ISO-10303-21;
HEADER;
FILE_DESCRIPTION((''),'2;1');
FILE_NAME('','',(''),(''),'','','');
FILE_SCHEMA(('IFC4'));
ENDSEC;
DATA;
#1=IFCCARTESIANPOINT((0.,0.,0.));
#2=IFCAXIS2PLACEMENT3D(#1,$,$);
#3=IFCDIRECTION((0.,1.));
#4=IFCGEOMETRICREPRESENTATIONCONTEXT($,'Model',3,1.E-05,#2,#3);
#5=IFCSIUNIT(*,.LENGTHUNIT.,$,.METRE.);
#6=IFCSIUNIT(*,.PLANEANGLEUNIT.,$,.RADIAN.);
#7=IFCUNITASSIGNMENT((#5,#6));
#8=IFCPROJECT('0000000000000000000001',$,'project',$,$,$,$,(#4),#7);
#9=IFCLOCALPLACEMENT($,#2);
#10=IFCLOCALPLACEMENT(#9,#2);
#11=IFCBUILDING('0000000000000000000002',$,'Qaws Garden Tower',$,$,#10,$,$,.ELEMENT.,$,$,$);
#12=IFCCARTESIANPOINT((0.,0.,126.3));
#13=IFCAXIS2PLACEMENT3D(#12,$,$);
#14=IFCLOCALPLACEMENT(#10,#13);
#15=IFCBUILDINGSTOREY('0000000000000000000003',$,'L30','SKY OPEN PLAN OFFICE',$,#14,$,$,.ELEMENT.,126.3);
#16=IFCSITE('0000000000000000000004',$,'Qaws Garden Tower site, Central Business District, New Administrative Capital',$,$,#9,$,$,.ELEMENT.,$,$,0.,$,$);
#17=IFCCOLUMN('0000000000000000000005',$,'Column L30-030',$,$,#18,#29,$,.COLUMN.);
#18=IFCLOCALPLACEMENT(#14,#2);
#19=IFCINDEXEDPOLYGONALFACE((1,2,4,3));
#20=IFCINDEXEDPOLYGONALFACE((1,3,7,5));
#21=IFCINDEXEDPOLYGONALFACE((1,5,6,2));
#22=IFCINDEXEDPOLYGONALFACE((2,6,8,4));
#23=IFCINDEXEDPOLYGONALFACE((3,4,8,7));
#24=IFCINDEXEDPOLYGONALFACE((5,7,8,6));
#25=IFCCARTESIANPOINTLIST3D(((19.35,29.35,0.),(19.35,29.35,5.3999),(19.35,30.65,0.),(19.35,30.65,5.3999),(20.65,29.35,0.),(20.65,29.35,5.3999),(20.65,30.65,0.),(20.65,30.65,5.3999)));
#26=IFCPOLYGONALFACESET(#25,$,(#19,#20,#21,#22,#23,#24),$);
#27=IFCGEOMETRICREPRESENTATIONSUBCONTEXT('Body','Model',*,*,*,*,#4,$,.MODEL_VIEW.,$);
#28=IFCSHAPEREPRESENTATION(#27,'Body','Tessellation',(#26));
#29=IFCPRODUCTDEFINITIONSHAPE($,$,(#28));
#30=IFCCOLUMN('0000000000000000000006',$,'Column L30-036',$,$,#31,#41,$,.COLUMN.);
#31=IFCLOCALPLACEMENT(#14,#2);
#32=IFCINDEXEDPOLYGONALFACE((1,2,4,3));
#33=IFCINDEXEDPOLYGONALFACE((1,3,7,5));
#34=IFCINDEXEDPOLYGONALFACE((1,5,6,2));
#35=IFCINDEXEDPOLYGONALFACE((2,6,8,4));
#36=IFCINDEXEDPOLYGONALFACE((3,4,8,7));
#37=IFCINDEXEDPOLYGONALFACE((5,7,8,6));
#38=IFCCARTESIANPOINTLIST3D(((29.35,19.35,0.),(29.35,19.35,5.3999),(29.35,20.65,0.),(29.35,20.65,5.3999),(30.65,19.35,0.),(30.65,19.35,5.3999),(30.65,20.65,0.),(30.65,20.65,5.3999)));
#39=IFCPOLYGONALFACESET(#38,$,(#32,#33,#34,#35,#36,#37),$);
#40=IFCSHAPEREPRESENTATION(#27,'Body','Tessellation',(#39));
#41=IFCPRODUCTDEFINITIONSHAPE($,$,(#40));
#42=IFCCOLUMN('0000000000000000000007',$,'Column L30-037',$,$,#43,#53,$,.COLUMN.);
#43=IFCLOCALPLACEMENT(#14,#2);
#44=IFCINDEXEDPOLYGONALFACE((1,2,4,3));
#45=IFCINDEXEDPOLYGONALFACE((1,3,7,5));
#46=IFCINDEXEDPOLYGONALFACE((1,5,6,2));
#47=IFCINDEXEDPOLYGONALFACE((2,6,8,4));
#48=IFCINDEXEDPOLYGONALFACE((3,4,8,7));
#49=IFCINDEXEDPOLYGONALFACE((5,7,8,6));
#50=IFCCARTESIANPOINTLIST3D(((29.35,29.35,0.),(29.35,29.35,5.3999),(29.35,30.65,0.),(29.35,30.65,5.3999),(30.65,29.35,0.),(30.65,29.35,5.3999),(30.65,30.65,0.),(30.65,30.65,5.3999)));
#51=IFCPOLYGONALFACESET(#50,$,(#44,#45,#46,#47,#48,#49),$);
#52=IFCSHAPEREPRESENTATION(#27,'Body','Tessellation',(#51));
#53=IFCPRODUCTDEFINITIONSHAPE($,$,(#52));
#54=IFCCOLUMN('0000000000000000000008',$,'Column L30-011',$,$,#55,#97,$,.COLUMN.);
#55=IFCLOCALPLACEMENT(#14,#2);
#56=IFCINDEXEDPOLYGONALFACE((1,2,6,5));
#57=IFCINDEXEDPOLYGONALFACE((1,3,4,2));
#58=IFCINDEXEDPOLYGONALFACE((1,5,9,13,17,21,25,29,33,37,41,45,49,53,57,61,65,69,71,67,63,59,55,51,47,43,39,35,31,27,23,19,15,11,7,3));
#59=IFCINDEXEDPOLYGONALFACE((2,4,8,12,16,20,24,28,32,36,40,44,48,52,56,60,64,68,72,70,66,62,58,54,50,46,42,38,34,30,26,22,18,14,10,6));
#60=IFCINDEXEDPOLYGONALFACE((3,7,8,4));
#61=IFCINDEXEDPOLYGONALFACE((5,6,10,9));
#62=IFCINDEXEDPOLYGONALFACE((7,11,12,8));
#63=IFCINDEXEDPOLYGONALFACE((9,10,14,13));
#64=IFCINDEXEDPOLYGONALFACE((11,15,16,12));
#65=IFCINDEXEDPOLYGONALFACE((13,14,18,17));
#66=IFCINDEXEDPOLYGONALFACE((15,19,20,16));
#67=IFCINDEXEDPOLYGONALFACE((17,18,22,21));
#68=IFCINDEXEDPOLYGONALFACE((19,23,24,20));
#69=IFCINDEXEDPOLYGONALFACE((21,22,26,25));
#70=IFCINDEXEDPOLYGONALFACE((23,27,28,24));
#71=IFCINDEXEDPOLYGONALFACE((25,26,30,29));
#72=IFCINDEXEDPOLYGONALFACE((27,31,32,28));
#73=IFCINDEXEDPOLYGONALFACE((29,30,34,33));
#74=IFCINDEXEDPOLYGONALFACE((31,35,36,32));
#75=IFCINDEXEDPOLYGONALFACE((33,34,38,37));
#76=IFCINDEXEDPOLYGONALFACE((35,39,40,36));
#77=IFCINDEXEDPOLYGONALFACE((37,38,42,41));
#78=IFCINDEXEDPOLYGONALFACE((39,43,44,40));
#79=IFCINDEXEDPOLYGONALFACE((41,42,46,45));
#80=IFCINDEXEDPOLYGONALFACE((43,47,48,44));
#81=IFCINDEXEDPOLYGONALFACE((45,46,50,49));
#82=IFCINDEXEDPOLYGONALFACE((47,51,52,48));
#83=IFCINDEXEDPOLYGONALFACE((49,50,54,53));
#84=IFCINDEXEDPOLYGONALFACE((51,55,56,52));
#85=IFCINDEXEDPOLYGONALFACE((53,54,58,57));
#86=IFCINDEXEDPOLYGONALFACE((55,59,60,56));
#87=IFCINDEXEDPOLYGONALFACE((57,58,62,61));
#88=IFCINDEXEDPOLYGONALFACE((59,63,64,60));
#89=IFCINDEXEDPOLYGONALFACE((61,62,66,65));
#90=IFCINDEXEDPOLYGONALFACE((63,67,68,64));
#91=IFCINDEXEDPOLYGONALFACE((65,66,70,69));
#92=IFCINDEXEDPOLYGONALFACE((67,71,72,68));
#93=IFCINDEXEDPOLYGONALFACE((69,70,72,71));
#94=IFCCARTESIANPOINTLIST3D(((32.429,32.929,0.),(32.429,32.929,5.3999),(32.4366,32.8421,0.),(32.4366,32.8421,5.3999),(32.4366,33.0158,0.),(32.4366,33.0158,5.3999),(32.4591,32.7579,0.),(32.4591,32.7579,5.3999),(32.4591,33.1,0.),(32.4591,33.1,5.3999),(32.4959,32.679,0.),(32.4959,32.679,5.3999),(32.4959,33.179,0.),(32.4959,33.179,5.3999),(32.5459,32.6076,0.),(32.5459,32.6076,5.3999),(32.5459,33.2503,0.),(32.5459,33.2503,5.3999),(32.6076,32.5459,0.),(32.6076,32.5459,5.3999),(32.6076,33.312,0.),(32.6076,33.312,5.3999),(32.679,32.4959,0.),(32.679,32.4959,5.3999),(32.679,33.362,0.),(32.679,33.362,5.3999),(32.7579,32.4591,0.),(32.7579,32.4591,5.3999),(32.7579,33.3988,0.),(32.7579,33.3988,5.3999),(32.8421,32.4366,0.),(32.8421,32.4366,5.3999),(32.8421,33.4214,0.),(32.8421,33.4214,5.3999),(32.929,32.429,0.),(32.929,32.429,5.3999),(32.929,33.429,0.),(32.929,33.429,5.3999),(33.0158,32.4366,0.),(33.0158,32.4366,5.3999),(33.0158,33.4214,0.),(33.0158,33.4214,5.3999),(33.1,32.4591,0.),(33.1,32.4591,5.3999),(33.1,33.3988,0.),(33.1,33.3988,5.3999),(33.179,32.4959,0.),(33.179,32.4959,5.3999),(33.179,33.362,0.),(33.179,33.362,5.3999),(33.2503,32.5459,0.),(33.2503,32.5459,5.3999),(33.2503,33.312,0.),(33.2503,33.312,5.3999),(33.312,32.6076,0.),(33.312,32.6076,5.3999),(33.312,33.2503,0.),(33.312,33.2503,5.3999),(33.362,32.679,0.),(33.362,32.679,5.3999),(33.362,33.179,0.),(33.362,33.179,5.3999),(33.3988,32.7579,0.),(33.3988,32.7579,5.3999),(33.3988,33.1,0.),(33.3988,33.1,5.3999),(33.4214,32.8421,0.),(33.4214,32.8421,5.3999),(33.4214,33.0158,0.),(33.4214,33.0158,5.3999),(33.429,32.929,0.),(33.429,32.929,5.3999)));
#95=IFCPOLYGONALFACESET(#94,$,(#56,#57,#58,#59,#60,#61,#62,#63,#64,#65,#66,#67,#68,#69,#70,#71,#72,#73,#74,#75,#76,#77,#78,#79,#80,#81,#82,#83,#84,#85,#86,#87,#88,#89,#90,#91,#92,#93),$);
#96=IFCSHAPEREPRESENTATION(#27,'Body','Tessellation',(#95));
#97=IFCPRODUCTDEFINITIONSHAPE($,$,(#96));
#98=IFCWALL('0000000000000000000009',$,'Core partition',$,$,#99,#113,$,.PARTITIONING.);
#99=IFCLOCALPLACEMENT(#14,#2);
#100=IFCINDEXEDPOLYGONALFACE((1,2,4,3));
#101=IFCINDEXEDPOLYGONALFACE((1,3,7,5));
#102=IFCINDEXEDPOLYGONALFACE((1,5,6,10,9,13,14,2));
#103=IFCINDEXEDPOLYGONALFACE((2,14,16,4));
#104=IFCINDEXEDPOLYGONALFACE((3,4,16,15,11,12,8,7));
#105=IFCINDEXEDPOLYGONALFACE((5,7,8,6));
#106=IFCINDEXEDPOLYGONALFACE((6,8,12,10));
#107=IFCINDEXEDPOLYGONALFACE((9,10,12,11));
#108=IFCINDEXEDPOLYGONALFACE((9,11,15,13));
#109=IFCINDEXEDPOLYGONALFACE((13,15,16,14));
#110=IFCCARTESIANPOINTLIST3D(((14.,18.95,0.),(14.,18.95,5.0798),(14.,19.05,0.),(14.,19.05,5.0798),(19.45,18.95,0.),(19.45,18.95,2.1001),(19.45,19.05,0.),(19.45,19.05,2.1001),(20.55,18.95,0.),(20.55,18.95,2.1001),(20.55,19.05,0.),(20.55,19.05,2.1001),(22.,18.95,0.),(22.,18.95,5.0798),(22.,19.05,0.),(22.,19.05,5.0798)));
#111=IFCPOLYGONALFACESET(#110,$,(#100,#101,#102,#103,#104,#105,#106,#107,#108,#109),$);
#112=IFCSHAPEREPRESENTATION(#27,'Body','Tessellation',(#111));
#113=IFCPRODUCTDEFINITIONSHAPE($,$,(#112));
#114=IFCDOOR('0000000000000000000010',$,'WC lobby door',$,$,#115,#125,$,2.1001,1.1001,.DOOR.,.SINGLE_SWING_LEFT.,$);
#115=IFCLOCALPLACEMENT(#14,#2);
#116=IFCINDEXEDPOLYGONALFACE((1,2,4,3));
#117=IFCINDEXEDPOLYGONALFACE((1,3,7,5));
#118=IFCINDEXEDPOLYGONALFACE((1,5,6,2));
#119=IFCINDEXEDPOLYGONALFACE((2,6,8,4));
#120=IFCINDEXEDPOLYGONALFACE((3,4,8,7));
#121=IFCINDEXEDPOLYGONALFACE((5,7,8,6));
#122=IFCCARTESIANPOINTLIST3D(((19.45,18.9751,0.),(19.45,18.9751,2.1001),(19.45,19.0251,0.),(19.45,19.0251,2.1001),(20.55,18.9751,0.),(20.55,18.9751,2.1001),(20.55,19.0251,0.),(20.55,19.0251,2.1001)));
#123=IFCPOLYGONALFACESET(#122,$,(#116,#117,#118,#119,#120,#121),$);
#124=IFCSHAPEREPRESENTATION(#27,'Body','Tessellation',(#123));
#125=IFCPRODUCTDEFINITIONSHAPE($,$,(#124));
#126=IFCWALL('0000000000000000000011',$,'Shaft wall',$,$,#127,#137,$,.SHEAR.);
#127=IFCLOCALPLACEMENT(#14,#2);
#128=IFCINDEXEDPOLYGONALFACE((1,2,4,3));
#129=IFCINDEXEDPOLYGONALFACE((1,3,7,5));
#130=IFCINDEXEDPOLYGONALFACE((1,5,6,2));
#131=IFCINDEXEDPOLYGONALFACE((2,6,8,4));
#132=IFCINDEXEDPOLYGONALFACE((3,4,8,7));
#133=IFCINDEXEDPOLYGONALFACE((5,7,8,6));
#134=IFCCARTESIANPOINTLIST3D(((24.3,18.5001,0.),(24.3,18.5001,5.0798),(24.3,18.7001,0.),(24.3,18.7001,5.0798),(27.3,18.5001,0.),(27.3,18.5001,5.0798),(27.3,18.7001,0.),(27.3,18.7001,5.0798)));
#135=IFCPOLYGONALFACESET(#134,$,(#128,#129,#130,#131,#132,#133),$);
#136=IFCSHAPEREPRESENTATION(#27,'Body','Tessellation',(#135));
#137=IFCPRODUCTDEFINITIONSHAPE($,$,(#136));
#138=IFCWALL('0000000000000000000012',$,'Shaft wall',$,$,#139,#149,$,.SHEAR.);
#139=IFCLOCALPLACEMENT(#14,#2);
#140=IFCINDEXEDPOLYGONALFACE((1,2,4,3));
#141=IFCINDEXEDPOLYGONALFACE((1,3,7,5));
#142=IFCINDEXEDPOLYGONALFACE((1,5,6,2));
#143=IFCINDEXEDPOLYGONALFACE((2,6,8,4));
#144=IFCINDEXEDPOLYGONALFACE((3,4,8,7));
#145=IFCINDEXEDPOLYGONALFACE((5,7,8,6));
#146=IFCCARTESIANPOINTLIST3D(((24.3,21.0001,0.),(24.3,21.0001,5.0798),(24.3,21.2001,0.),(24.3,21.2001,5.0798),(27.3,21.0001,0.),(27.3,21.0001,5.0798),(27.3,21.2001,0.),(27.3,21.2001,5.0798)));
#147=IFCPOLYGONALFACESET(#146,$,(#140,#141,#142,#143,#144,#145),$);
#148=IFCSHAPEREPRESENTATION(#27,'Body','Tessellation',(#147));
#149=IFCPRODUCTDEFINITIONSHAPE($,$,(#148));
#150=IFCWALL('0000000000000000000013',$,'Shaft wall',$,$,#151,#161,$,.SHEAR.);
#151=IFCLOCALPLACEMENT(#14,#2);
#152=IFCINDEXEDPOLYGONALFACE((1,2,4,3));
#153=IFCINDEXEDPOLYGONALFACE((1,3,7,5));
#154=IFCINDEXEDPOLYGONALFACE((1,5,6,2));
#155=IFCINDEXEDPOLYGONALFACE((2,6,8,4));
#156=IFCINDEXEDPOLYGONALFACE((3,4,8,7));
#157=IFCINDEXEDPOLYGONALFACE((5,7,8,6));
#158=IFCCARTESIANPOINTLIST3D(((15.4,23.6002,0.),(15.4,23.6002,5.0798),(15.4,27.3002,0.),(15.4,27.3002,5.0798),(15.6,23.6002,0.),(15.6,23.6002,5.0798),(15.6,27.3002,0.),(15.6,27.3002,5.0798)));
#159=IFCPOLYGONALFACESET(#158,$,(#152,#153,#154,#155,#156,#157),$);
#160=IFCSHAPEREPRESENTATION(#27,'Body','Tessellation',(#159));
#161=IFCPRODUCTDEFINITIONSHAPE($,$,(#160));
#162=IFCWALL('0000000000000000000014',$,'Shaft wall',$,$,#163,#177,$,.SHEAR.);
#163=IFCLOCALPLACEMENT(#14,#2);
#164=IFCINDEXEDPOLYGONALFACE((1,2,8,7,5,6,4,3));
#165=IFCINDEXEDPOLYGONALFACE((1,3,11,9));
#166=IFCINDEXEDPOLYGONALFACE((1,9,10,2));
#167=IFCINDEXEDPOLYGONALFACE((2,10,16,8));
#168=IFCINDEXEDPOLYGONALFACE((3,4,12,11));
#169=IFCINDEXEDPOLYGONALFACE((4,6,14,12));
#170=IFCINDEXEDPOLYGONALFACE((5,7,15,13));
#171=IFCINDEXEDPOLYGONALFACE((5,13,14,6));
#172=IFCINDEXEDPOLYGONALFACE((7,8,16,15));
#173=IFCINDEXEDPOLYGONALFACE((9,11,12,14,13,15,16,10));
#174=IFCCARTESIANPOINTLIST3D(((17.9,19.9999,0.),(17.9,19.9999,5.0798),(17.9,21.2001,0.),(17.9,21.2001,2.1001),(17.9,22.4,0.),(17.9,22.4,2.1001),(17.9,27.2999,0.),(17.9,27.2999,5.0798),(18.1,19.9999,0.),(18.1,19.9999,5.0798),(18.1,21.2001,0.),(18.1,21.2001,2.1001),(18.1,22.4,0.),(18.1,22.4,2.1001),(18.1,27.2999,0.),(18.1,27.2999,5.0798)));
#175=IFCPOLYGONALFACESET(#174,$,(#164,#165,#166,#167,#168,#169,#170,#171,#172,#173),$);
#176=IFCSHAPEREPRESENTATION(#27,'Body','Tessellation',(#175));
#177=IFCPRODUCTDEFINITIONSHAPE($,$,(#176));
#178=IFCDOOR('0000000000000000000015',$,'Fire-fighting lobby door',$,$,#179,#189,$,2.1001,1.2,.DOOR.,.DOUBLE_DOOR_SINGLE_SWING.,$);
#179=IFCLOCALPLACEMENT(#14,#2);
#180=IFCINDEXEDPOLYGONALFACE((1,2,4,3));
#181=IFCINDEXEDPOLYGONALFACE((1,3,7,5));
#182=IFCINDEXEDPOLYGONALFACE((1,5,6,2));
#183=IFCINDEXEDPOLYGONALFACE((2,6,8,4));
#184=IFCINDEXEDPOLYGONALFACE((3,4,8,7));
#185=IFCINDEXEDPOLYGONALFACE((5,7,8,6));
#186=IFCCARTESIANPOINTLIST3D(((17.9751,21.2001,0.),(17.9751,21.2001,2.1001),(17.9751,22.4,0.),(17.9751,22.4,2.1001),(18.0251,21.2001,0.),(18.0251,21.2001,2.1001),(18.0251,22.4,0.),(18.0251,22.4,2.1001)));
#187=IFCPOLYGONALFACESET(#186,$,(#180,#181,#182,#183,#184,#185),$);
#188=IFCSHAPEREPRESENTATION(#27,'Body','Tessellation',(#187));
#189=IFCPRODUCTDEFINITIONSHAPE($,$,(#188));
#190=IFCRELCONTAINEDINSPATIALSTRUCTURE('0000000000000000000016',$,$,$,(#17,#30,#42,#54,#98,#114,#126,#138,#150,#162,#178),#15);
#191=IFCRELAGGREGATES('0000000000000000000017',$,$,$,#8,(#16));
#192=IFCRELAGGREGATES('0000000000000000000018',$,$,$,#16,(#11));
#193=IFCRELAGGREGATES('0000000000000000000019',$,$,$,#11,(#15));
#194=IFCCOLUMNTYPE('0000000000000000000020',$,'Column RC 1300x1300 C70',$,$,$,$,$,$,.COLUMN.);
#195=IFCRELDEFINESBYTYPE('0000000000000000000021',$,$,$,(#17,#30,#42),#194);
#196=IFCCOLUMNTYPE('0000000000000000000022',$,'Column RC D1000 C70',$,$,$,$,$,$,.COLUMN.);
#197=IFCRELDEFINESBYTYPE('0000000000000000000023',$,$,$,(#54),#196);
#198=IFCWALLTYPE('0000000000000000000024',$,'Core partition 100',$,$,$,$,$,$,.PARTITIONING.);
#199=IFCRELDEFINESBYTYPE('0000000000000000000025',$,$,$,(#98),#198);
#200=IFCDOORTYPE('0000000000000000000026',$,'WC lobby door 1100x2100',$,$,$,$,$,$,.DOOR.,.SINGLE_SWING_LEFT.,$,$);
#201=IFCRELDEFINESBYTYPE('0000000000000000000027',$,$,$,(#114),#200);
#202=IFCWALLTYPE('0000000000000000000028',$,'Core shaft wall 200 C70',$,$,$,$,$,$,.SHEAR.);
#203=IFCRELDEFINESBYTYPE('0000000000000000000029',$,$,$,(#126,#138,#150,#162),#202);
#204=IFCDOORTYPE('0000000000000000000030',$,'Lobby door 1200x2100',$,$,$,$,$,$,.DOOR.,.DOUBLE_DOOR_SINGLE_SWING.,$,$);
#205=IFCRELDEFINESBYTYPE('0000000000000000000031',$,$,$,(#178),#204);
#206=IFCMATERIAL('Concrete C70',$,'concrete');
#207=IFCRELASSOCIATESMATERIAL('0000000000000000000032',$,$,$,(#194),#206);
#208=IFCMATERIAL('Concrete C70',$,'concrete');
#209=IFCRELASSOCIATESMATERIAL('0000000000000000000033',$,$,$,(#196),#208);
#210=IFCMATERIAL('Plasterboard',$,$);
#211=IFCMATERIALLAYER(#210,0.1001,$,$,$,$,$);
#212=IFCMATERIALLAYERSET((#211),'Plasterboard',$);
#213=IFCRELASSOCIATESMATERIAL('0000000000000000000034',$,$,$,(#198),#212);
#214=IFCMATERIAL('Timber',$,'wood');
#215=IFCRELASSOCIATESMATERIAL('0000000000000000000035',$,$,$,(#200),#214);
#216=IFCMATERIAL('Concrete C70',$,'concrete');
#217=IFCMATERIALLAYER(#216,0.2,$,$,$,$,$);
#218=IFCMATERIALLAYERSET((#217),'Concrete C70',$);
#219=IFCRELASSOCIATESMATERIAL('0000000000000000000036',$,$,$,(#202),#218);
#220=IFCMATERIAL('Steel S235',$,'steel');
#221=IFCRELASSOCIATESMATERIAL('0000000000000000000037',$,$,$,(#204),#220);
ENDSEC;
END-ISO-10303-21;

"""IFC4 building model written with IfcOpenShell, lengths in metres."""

from ifc_helpers import new_model, si_unit, direction, frame, frame_2d, origin, origin_2d, place, context, subcontext, project, spatial, rectangle, circle, extrude, material, layer, layer_set, material_profile, profile_set, type_object, element, fill, save


model = new_model("IFC4")

# Units and contexts
model_context = context("Model", 3, precision=1e-05, world=origin(), true_north=direction((0.0, 1.0)))
body_context = subcontext(model_context, "Body", "Model", "MODEL_VIEW")
ifc_project = project(units=[si_unit("LENGTHUNIT", "METRE"), si_unit("PLANEANGLEUNIT", "RADIAN")], contexts=[model_context])

# Site, building, storey
site_placement = place(None, origin())
site = spatial("IfcSite", under=ifc_project, at=site_placement, Name="Qaws Garden Tower site, Central Business District, New Administrative Capital", CompositionType="ELEMENT", RefElevation=0.0)
building_placement = place(site_placement, origin())
building = spatial("IfcBuilding", under=site, at=building_placement, Name="Qaws Garden Tower", CompositionType="ELEMENT")
storey_placement = place(building_placement, frame((0.0, 0.0, 126.3)))
storey = spatial("IfcBuildingStorey", under=building, at=storey_placement, Name="L30", Description="SKY OPEN PLAN OFFICE", CompositionType="ELEMENT", Elevation=126.3)

# Columns
ifc_material_1 = material(Name="Concrete C70", Category="concrete")
ifc_material_profile_1 = material_profile(ifc_material_1, rectangle(XDim=1.3, YDim=1.3, at=origin_2d()), Name="RC 1300x1300")
ifc_profile_set_1 = profile_set([ifc_material_profile_1], Name="Concrete C70")
column_type_1 = type_object("IfcColumnType", Name="Column RC 1300x1300 C70", PredefinedType="COLUMN", material=ifc_profile_set_1)
for number, where, z_axis, x_axis, name in (
    (1, (20.0, 30.0, 0.0), (0.0, 0.0, 1.0), (1.0, 0.0, 0.0), "Column L30-030"),
    (2, (30.0, 20.0, 0.0), (0.0, 0.0, 1.0), (1.0, 0.0, 0.0), "Column L30-036"),
    (3, (30.0, 30.0, 0.0), (0.0, 0.0, 1.0), (1.0, 0.0, 0.0), "Column L30-037"),
):
    element("IfcColumn", number, at=place(storey_placement, frame(where, z_axis=z_axis, x_axis=x_axis)), inside=storey, type_object=column_type_1, Name=name, PredefinedType="COLUMN", context=body_context, shape_type="SweptSolid", body=[
        extrude(rectangle(XDim=1.3, YDim=1.3, at=origin_2d()), origin(), (0.0, 0.0, 1.0), 5.3999),
    ])
ifc_material_2 = material(Name="Concrete C70", Category="concrete")
ifc_material_profile_2 = material_profile(ifc_material_2, circle(Radius=0.5, at=origin_2d()), Name="RC D1000")
ifc_profile_set_2 = profile_set([ifc_material_profile_2], Name="Concrete C70")
column_type_2 = type_object("IfcColumnType", Name="Column RC D1000 C70", PredefinedType="COLUMN", material=ifc_profile_set_2)
column_placement = place(storey_placement, frame((32.929, 32.929, 0.0), z_axis=(0.0, 0.0, 1.0), x_axis=(1.0, 0.0, 0.0)))
element("IfcColumn", 4, at=column_placement, inside=storey, type_object=column_type_2, Name="Column L30-011", PredefinedType="COLUMN", context=body_context, shape_type="SweptSolid", body=[
    extrude(circle(Radius=0.5, at=origin_2d()), origin(), (0.0, 0.0, 1.0), 5.3999),
])

# Wall, opening, door
ifc_material_3 = material(Name="Plasterboard")
ifc_layer_1 = layer(ifc_material_3, 0.1001)
ifc_layer_set_1 = layer_set([ifc_layer_1], Name="Plasterboard")
wall_type_1 = type_object("IfcWallType", Name="Core partition 100", PredefinedType="PARTITIONING", material=ifc_layer_set_1)
wall_1_placement = place(storey_placement, frame((14.0, 19.0, 0.0), z_axis=(0.0, 0.0, 1.0), x_axis=(1.0, 0.0, 0.0)))
wall_1 = element("IfcWall", 5, at=wall_1_placement, inside=storey, type_object=wall_type_1, Name="Core partition", PredefinedType="PARTITIONING", context=body_context, shape_type="SweptSolid", body=[
    extrude(rectangle(XDim=8.0, YDim=0.1001, at=frame_2d((4.0, 0.0))), origin(), (0.0, 0.0, 1.0), 5.0798),
])
opening_1_placement = place(wall_1_placement, frame((5.45, 0.0, 0.0)))
opening_1 = element("IfcOpeningElement", 6, at=opening_1_placement, cuts=wall_1, PredefinedType="OPENING", context=body_context, shape_type="SweptSolid", body=[
    extrude(rectangle(XDim=1.1001, YDim=2.1001, at=frame_2d((0.55, 1.05))), frame((0.0, 0.0601, 0.0), z_axis=(0.0, -1.0, 0.0), x_axis=(1.0, 0.0, 0.0)), (0.0, 0.0, 1.0), 0.1201),
])
ifc_material_4 = material(Name="Timber", Category="wood")
door_type_1 = type_object("IfcDoorType", Name="WC lobby door 1100x2100", OperationType="SINGLE_SWING_LEFT", PredefinedType="DOOR", material=ifc_material_4)
door_1_placement = place(opening_1_placement, frame((1.1001, 0.0, 0.0), z_axis=(0.0, 0.0, 1.0), x_axis=(-1.0, 0.0, 0.0)))
door_1 = element("IfcDoor", 7, at=door_1_placement, inside=storey, type_object=door_type_1, Name="WC lobby door", OperationType="SINGLE_SWING_LEFT", OverallHeight=2.1001, OverallWidth=1.1001, PredefinedType="DOOR", context=body_context, shape_type="SweptSolid", body=[
    extrude(rectangle(XDim=1.1001, YDim=2.1001, at=frame_2d((0.55, 1.05))), frame((0.0, 0.0249, 0.0), z_axis=(0.0, -1.0, 0.0), x_axis=(1.0, 0.0, 0.0)), (0.0, 0.0, 1.0), 0.05),
])
fill(opening_1, door_1)

# Walls
ifc_material_5 = material(Name="Concrete C70", Category="concrete")
ifc_layer_2 = layer(ifc_material_5, 0.2)
ifc_layer_set_2 = layer_set([ifc_layer_2], Name="Concrete C70")
wall_type_2 = type_object("IfcWallType", Name="Core shaft wall 200 C70", PredefinedType="SHEAR", material=ifc_layer_set_2)
for number, where, z_axis, x_axis, name in (
    (8, (24.3, 18.6001, 0.0), (0.0, 0.0, 1.0), (1.0, 0.0, 0.0), "Shaft wall"),
    (9, (24.3, 21.1001, 0.0), (0.0, 0.0, 1.0), (1.0, 0.0, 0.0), "Shaft wall"),
):
    element("IfcWall", number, at=place(storey_placement, frame(where, z_axis=z_axis, x_axis=x_axis)), inside=storey, type_object=wall_type_2, Name=name, PredefinedType="SHEAR", context=body_context, shape_type="SweptSolid", body=[
        extrude(rectangle(XDim=3.0, YDim=0.2, at=frame_2d((1.5, 0.0))), origin(), (0.0, 0.0, 1.0), 5.0798),
    ])
wall_2_placement = place(storey_placement, frame((15.5, 23.6001, 0.0), z_axis=(0.0, 0.0, 1.0), x_axis=(0.0, 1.0, 0.0)))
element("IfcWall", 10, at=wall_2_placement, inside=storey, type_object=wall_type_2, Name="Shaft wall", PredefinedType="SHEAR", context=body_context, shape_type="SweptSolid", body=[
    extrude(rectangle(XDim=3.7, YDim=0.2, at=frame_2d((1.8501, 0.0))), origin(), (0.0, 0.0, 1.0), 5.0798),
])

# Wall, opening, door
wall_3_placement = place(storey_placement, frame((18.0, 20.0, 0.0), z_axis=(0.0, 0.0, 1.0), x_axis=(0.0, 1.0, 0.0)))
wall_3 = element("IfcWall", 11, at=wall_3_placement, inside=storey, type_object=wall_type_2, Name="Shaft wall", PredefinedType="SHEAR", context=body_context, shape_type="SweptSolid", body=[
    extrude(rectangle(XDim=7.3, YDim=0.2, at=frame_2d((3.6499, 0.0))), origin(), (0.0, 0.0, 1.0), 5.0798),
])
opening_2_placement = place(wall_3_placement, frame((1.2, 0.0, 0.0)))
opening_2 = element("IfcOpeningElement", 12, at=opening_2_placement, cuts=wall_3, PredefinedType="OPENING", context=body_context, shape_type="SweptSolid", body=[
    extrude(rectangle(XDim=1.2, YDim=2.1001, at=frame_2d((0.6001, 1.05))), frame((0.0, 0.1099, 0.0), z_axis=(0.0, -1.0, 0.0), x_axis=(1.0, 0.0, 0.0)), (0.0, 0.0, 1.0), 0.22),
])
ifc_material_6 = material(Name="Steel S235", Category="steel")
door_type_2 = type_object("IfcDoorType", Name="Lobby door 1200x2100", OperationType="DOUBLE_DOOR_SINGLE_SWING", PredefinedType="DOOR", material=ifc_material_6)
door_2_placement = place(opening_2_placement, origin())
door_2 = element("IfcDoor", 13, at=door_2_placement, inside=storey, type_object=door_type_2, Name="Fire-fighting lobby door", OperationType="DOUBLE_DOOR_SINGLE_SWING", OverallHeight=2.1001, OverallWidth=1.2, PredefinedType="DOOR", context=body_context, shape_type="SweptSolid", body=[
    extrude(rectangle(XDim=1.2, YDim=2.1001, at=frame_2d((0.6001, 1.05))), frame((0.0, 0.0249, 0.0), z_axis=(0.0, -1.0, 0.0), x_axis=(1.0, 0.0, 0.0)), (0.0, 0.0, 1.0), 0.05),
])
fill(opening_2, door_2)

save(model, "model.ifc")
